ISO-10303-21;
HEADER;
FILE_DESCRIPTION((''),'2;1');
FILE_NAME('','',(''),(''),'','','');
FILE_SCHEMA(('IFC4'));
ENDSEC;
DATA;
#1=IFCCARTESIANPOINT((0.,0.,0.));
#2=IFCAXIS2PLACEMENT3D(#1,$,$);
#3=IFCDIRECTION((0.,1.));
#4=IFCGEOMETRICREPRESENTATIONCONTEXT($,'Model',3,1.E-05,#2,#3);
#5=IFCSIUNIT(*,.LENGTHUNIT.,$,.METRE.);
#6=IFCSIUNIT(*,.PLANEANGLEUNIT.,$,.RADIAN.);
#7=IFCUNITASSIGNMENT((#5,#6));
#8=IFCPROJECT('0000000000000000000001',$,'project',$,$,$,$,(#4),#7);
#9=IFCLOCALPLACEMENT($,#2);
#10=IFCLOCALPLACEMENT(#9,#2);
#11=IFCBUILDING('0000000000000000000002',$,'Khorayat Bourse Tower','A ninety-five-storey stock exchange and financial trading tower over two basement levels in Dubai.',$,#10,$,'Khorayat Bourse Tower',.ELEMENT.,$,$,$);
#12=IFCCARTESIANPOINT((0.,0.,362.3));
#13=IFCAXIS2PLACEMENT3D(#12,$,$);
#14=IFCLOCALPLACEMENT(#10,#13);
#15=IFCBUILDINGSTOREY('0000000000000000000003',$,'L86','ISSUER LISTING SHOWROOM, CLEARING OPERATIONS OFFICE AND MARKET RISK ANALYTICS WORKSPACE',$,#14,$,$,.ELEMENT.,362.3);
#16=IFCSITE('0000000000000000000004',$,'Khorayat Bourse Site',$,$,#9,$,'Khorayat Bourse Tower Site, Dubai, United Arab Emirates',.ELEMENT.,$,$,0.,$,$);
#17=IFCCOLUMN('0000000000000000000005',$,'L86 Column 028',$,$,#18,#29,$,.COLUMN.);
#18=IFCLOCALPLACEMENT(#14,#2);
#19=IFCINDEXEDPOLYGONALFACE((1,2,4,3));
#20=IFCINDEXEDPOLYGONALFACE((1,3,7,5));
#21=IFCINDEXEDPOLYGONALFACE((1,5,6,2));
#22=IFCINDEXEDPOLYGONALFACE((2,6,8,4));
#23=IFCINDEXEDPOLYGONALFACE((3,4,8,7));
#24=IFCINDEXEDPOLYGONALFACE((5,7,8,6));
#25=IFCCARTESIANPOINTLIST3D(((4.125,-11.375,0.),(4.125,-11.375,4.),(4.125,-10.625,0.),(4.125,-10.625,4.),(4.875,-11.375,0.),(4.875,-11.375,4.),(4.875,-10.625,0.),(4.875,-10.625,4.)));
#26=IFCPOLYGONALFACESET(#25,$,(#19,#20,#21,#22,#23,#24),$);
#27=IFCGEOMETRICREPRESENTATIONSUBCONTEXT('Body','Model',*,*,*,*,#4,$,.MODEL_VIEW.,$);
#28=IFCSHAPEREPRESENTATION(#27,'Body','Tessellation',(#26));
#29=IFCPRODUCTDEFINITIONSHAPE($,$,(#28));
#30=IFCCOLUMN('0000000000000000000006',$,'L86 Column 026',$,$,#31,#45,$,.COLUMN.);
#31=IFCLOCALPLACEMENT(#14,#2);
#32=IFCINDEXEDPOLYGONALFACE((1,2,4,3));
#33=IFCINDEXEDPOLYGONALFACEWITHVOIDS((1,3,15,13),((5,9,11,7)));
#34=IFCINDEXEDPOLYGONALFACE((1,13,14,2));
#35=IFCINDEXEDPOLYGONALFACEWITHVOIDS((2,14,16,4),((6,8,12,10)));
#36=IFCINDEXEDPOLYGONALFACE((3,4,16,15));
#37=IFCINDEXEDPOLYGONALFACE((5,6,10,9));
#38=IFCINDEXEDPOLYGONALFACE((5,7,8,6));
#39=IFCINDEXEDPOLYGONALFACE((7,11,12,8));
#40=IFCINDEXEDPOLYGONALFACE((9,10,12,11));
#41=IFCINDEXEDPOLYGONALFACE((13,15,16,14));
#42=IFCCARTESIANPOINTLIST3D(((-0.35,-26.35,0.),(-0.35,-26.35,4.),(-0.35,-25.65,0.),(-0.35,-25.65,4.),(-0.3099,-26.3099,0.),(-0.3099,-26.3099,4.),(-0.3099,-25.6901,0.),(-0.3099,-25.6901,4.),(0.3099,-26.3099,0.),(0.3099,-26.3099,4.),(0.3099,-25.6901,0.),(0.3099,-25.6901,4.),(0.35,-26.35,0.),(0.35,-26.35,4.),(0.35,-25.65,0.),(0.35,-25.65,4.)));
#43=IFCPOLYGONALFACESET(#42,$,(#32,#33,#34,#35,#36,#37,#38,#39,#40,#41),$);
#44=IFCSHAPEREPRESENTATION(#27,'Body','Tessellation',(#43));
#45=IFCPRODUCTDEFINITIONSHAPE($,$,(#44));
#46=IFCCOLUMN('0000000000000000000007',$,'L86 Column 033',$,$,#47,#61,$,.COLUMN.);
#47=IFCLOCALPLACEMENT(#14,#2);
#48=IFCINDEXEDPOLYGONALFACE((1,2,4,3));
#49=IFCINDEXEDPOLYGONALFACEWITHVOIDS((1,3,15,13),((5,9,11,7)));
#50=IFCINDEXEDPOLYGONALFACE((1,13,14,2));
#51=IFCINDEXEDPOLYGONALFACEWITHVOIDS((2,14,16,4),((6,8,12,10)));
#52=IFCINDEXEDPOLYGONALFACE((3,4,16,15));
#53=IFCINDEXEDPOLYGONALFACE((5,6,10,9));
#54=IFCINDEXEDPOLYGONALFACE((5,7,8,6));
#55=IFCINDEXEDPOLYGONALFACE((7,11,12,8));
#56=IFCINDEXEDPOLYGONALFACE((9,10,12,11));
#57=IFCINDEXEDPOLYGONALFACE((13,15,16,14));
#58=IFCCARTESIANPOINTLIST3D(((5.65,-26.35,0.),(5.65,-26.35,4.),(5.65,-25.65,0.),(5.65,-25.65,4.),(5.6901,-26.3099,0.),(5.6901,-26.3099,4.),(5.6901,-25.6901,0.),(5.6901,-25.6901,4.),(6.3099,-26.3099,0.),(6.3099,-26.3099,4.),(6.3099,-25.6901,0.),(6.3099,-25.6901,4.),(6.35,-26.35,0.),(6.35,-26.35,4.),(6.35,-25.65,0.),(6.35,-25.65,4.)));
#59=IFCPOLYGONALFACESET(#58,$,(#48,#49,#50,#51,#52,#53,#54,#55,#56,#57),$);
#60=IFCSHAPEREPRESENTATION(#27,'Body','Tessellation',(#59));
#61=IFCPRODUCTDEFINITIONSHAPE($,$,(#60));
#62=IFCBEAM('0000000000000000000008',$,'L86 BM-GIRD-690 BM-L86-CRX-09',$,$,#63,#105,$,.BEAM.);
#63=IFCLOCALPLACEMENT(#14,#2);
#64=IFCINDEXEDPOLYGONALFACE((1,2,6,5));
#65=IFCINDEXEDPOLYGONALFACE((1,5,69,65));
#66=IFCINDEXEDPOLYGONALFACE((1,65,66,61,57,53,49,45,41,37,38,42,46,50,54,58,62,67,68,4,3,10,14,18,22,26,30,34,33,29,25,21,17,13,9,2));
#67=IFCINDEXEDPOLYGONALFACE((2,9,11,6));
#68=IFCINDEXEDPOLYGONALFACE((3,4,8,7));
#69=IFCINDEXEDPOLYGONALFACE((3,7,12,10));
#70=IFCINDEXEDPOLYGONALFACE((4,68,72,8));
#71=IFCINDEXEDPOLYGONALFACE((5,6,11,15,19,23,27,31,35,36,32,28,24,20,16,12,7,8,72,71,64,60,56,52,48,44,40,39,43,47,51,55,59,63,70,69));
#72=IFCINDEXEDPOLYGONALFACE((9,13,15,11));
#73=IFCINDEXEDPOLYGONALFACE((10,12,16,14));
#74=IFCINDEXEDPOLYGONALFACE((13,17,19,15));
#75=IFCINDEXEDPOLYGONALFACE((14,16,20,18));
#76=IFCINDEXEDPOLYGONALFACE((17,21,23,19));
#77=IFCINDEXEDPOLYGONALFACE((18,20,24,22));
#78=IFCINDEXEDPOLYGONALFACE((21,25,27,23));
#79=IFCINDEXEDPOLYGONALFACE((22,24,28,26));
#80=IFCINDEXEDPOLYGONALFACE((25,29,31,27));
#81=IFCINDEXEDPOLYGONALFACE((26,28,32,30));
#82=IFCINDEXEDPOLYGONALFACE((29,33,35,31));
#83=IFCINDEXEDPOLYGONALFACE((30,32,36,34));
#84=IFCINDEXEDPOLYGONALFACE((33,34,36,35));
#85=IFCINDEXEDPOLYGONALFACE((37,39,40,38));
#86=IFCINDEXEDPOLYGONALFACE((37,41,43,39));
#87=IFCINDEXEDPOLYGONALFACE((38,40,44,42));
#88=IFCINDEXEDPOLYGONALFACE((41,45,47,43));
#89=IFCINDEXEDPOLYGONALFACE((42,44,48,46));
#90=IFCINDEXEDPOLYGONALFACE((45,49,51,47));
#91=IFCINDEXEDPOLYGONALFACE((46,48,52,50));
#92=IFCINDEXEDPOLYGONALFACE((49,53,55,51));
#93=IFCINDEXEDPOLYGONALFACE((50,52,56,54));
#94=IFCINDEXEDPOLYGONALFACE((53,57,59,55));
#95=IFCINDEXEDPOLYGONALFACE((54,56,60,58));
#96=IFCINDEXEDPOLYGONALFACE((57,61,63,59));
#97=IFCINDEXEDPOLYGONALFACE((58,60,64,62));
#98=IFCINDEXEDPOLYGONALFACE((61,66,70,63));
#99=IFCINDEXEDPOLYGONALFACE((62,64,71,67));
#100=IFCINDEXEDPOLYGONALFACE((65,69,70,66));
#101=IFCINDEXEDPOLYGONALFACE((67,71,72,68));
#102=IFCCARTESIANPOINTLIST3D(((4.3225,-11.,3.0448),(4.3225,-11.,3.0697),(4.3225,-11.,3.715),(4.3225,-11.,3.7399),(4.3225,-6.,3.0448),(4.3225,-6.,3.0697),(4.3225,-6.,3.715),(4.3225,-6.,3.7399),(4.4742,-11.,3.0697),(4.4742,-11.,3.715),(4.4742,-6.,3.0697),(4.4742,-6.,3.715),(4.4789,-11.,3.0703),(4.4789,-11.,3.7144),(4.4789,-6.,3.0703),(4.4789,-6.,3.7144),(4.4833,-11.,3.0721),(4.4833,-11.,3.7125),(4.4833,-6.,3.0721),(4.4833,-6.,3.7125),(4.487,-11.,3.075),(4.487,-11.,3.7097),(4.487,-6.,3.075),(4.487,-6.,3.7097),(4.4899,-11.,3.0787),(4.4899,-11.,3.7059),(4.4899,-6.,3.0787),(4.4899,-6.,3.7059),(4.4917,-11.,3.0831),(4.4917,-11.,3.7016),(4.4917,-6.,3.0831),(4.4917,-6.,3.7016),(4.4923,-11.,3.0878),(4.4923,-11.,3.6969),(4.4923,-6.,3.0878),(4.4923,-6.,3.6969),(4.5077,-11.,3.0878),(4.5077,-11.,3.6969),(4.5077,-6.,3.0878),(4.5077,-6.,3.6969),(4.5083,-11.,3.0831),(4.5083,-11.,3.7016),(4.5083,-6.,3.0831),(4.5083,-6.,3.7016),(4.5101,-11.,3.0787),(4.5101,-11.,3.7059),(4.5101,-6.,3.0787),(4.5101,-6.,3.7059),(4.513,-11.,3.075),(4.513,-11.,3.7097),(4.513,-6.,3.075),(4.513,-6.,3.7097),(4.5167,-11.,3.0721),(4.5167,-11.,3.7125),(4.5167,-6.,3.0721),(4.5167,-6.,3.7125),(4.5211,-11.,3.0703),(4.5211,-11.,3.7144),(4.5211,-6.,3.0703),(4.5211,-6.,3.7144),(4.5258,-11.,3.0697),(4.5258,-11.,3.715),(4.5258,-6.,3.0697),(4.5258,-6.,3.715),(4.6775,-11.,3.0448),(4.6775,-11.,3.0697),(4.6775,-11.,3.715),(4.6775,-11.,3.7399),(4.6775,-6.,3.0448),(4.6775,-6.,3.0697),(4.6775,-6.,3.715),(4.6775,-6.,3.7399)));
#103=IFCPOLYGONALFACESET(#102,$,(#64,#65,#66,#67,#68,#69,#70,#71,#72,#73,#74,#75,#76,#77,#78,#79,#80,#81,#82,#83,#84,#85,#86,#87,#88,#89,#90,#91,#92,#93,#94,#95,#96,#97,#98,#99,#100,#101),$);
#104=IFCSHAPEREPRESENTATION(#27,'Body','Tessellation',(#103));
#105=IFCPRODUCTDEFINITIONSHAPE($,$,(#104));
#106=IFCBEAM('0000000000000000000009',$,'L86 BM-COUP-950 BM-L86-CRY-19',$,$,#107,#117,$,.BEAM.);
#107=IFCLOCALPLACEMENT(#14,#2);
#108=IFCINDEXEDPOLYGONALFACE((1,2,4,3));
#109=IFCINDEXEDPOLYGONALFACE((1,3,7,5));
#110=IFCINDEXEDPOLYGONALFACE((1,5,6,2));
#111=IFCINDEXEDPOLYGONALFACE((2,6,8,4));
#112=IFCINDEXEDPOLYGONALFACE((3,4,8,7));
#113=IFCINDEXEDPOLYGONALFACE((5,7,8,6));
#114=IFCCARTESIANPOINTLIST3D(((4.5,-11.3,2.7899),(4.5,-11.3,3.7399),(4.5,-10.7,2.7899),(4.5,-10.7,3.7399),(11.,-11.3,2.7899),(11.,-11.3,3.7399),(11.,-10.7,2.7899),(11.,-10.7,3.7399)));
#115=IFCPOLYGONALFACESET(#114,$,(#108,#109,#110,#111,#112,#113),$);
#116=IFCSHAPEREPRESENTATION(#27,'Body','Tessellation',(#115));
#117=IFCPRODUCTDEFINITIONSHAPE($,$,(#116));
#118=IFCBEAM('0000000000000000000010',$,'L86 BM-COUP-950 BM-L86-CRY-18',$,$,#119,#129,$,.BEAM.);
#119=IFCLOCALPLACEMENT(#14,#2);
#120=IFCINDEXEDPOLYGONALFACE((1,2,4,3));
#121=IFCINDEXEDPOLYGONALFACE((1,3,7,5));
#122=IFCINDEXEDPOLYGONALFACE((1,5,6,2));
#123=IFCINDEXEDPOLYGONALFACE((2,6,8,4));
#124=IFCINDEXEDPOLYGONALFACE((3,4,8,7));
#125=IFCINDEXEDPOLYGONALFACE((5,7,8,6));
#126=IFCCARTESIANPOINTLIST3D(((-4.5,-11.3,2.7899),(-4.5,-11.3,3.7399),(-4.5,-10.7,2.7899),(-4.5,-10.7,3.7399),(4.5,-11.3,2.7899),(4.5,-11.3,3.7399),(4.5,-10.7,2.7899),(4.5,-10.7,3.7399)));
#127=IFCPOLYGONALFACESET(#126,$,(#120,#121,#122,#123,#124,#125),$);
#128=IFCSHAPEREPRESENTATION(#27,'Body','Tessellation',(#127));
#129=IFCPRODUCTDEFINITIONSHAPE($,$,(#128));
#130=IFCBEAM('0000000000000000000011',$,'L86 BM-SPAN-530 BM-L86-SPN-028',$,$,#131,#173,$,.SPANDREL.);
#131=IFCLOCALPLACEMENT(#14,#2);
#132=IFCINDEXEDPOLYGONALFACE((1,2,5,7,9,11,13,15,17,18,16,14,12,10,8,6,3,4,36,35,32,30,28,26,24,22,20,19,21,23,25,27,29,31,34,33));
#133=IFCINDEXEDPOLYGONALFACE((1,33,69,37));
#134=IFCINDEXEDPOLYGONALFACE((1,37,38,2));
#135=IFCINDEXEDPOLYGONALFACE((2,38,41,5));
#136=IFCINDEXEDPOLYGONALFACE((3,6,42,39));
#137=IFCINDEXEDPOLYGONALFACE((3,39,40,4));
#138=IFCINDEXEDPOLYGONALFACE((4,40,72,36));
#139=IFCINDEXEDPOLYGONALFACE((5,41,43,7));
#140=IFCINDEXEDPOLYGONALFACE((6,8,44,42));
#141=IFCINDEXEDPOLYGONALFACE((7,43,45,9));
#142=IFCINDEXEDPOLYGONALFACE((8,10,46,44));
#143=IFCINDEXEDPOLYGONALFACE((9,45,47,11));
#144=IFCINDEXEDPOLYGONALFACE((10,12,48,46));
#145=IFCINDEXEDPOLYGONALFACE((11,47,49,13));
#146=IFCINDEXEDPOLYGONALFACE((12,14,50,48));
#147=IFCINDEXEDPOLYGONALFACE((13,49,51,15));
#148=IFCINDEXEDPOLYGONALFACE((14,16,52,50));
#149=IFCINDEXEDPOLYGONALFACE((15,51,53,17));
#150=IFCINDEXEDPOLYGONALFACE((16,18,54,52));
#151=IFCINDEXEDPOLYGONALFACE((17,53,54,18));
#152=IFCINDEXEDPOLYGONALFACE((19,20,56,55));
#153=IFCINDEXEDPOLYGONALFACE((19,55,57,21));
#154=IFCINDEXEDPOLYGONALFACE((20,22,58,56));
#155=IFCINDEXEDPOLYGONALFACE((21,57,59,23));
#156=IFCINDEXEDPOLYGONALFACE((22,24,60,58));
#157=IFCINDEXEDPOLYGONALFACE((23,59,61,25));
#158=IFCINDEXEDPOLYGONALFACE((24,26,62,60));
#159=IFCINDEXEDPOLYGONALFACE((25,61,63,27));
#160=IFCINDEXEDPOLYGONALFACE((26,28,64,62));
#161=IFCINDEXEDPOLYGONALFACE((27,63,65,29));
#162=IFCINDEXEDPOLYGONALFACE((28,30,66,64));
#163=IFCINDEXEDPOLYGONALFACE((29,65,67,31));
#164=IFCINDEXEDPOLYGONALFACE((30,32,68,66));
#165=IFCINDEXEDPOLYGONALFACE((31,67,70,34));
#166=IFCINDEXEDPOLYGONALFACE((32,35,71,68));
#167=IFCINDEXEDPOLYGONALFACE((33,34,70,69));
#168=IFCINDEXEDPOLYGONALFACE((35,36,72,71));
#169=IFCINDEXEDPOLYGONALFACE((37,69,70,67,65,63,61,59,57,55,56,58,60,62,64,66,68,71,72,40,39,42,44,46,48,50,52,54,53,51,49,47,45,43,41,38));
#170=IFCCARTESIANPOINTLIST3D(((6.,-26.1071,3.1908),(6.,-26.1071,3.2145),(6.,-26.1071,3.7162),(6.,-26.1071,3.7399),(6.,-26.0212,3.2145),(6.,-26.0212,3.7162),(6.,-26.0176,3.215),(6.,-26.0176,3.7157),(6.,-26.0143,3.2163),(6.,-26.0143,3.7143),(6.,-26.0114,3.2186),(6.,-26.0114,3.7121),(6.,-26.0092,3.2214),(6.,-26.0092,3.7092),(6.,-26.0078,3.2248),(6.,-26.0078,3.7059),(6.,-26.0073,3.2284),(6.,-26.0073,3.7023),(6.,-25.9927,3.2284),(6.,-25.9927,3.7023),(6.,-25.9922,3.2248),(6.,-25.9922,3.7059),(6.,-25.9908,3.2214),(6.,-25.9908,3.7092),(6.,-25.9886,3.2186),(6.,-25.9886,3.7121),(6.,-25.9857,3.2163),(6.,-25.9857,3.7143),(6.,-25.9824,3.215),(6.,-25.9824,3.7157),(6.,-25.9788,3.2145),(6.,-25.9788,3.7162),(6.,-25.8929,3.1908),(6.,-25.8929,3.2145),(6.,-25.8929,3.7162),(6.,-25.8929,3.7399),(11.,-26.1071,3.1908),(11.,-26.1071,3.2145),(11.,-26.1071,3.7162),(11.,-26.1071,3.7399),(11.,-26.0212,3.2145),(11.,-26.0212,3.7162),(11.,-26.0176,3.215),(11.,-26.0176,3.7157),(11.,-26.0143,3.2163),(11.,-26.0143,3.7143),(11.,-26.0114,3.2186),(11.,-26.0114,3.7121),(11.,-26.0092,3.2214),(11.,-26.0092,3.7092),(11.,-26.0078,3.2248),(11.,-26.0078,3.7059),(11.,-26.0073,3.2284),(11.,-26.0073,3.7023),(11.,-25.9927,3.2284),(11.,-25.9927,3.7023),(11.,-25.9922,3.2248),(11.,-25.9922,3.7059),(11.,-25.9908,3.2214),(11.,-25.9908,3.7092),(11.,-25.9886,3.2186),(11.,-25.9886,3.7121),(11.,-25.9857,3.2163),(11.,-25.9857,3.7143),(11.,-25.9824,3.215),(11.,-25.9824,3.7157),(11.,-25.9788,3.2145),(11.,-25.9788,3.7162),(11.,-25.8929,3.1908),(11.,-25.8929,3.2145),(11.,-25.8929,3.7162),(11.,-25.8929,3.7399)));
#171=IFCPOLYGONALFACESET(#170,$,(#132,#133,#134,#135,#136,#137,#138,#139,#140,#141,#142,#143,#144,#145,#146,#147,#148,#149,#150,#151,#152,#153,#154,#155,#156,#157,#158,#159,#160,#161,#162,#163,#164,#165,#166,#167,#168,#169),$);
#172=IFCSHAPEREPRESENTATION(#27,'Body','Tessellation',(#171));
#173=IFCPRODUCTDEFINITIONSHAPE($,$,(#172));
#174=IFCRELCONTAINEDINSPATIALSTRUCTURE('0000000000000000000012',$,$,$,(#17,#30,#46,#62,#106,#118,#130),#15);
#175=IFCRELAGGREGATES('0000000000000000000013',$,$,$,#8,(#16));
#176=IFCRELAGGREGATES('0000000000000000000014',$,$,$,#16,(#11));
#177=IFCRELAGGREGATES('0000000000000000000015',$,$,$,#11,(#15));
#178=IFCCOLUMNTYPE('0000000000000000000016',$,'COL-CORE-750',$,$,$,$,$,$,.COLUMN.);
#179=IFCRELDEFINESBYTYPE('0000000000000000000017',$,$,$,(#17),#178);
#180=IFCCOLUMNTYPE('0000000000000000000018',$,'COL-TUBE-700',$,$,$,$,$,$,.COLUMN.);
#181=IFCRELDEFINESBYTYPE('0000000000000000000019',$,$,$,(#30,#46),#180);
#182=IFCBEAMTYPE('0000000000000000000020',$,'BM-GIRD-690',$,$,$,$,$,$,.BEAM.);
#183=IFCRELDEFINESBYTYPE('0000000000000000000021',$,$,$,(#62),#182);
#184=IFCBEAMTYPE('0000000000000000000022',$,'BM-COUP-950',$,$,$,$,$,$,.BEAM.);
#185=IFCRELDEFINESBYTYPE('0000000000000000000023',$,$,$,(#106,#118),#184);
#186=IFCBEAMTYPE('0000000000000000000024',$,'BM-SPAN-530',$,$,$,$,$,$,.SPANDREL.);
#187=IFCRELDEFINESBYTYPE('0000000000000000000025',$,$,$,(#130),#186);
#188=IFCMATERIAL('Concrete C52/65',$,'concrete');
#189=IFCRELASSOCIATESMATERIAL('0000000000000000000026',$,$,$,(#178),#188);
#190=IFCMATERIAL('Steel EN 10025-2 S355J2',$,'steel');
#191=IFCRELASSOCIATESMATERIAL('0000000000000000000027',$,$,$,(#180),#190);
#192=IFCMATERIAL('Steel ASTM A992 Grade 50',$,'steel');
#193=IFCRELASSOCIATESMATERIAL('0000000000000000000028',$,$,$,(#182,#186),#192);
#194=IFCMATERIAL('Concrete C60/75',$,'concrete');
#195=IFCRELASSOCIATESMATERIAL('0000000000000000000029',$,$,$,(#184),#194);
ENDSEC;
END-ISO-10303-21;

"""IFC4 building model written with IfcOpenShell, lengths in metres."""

from ifc_helpers import new_model, si_unit, direction, frame, origin, origin_2d, place, context, subcontext, project, spatial, rectangle, hollow_rectangle, i_section, extrude, source, transform, mapped, material, material_profile, profile_set, type_object, element, save


model = new_model("IFC4")

# Units and contexts
model_context = context("Model", 3, precision=1e-05, world=origin(), true_north=direction((0.0, 1.0)))
body_context = subcontext(model_context, "Body", "Model", "MODEL_VIEW")
ifc_project = project(units=[si_unit("LENGTHUNIT", "METRE"), si_unit("PLANEANGLEUNIT", "RADIAN")], contexts=[model_context])

# Site, building, storey
site_placement = place(None, origin())
site = spatial("IfcSite", under=ifc_project, at=site_placement, Name="Khorayat Bourse Site", LongName="Khorayat Bourse Tower Site, Dubai, United Arab Emirates", CompositionType="ELEMENT", RefElevation=0.0)
building_placement = place(site_placement, origin())
building = spatial("IfcBuilding", under=site, at=building_placement, Name="Khorayat Bourse Tower", Description="A ninety-five-storey stock exchange and financial trading tower over two basement levels in Dubai.", LongName="Khorayat Bourse Tower", CompositionType="ELEMENT")
storey_placement = place(building_placement, frame((0.0, 0.0, 362.3)))
storey = spatial("IfcBuildingStorey", under=building, at=storey_placement, Name="L86", Description="ISSUER LISTING SHOWROOM, CLEARING OPERATIONS OFFICE AND MARKET RISK ANALYTICS WORKSPACE", CompositionType="ELEMENT", Elevation=362.3)

# Columns
ifc_material_1 = material(Name="Concrete C52/65", Category="concrete")
ifc_material_profile_1 = material_profile(ifc_material_1, rectangle(XDim=0.75, YDim=0.75, at=origin_2d()), Name="RC 750x750")
ifc_profile_set_1 = profile_set([ifc_material_profile_1], Name="Concrete C52/65")
column_type_1 = type_object("IfcColumnType", Name="COL-CORE-750", PredefinedType="COLUMN", material=ifc_profile_set_1)
shared_shape_1 = source(origin(), body_context, "Body", "SweptSolid", [
    extrude(rectangle(XDim=0.75, YDim=0.75, at=origin_2d()), origin(), (0.0, 0.0, 1.0), 4.0),
])
column_placement = place(storey_placement, frame((4.5, -11.0, 0.0), z_axis=(0.0, 0.0, 1.0), x_axis=(1.0, 0.0, 0.0)))
element("IfcColumn", 1, at=column_placement, inside=storey, type_object=column_type_1, Name="L86 Column 028", PredefinedType="COLUMN", context=body_context, shape_type="MappedRepresentation", body=[
    mapped(shared_shape_1, transform((0.0, 0.0, 0.0), scale=1.0)),
])
ifc_material_2 = material(Name="Steel EN 10025-2 S355J2", Category="steel")
ifc_material_profile_2 = material_profile(ifc_material_2, hollow_rectangle(XDim=0.7, YDim=0.7, WallThickness=0.04, at=origin_2d()), Name="BOX 700x700x40")
ifc_profile_set_2 = profile_set([ifc_material_profile_2], Name="Steel EN 10025-2 S355J2")
column_type_2 = type_object("IfcColumnType", Name="COL-TUBE-700", PredefinedType="COLUMN", material=ifc_profile_set_2)
shared_shape_2 = source(origin(), body_context, "Body", "SweptSolid", [
    extrude(hollow_rectangle(XDim=0.7, YDim=0.7, WallThickness=0.04, at=origin_2d()), origin(), (0.0, 0.0, 1.0), 4.0),
])
for number, where, z_axis, x_axis, name in (
    (2, (0.0, -26.0, 0.0), (0.0, 0.0, 1.0), (1.0, 0.0, 0.0), "L86 Column 026"),
    (3, (6.0, -26.0, 0.0), (0.0, 0.0, 1.0), (1.0, 0.0, 0.0), "L86 Column 033"),
):
    element("IfcColumn", number, at=place(storey_placement, frame(where, z_axis=z_axis, x_axis=x_axis)), inside=storey, type_object=column_type_2, Name=name, PredefinedType="COLUMN", context=body_context, shape_type="MappedRepresentation", body=[
        mapped(shared_shape_2, transform((0.0, 0.0, 0.0), scale=1.0)),
    ])

# Beams
ifc_material_3 = material(Name="Steel ASTM A992 Grade 50", Category="steel")
ifc_material_profile_3 = material_profile(ifc_material_3, i_section(OverallWidth=0.355, OverallDepth=0.6951, WebThickness=0.0154, FlangeThickness=0.0249, FilletRadius=0.0181, at=origin_2d()), Name="W690X217")
ifc_profile_set_3 = profile_set([ifc_material_profile_3], Name="Steel ASTM A992 Grade 50")
beam_type_1 = type_object("IfcBeamType", Name="BM-GIRD-690", PredefinedType="BEAM", material=ifc_profile_set_3)
shared_shape_3 = source(origin(), body_context, "Body", "SweptSolid", [
    extrude(i_section(OverallWidth=0.355, OverallDepth=0.6951, WebThickness=0.0154, FlangeThickness=0.0249, FilletRadius=0.0181, at=origin_2d()), origin(), (0.0, 0.0, 1.0), 5.0),
])
beam_1_placement = place(storey_placement, frame((4.5, -11.0, 3.3923), z_axis=(0.0, 1.0, 0.0), x_axis=(-1.0, 0.0, 0.0)))
element("IfcBeam", 4, at=beam_1_placement, inside=storey, type_object=beam_type_1, Name="L86 BM-GIRD-690 BM-L86-CRX-09", PredefinedType="BEAM", context=body_context, shape_type="MappedRepresentation", body=[
    mapped(shared_shape_3, transform((0.0, 0.0, 0.0), scale=1.0)),
])
ifc_material_4 = material(Name="Concrete C60/75", Category="concrete")
ifc_material_profile_4 = material_profile(ifc_material_4, rectangle(XDim=0.6001, YDim=0.95, at=origin_2d()), Name="RC 600x950")
ifc_profile_set_4 = profile_set([ifc_material_profile_4], Name="Concrete C60/75")
beam_type_2 = type_object("IfcBeamType", Name="BM-COUP-950", PredefinedType="BEAM", material=ifc_profile_set_4)
shared_shape_4 = source(origin(), body_context, "Body", "SweptSolid", [
    extrude(rectangle(XDim=0.6001, YDim=0.95, at=origin_2d()), origin(), (0.0, 0.0, 1.0), 6.5),
])
beam_2_placement = place(storey_placement, frame((4.5, -11.0, 3.2649), z_axis=(1.0, 0.0, 0.0), x_axis=(0.0, 1.0, 0.0)))
element("IfcBeam", 5, at=beam_2_placement, inside=storey, type_object=beam_type_2, Name="L86 BM-COUP-950 BM-L86-CRY-19", PredefinedType="BEAM", context=body_context, shape_type="MappedRepresentation", body=[
    mapped(shared_shape_4, transform((0.0, 0.0, 0.0), scale=1.0)),
])
shared_shape_5 = source(origin(), body_context, "Body", "SweptSolid", [
    extrude(rectangle(XDim=0.6001, YDim=0.95, at=origin_2d()), origin(), (0.0, 0.0, 1.0), 9.0),
])
beam_3_placement = place(storey_placement, frame((-4.5, -11.0, 3.2649), z_axis=(1.0, 0.0, 0.0), x_axis=(0.0, 1.0, 0.0)))
element("IfcBeam", 6, at=beam_3_placement, inside=storey, type_object=beam_type_2, Name="L86 BM-COUP-950 BM-L86-CRY-18", PredefinedType="BEAM", context=body_context, shape_type="MappedRepresentation", body=[
    mapped(shared_shape_5, transform((0.0, 0.0, 0.0), scale=1.0)),
])
ifc_material_profile_5 = material_profile(ifc_material_3, i_section(OverallWidth=0.2141, OverallDepth=0.5491, WebThickness=0.0146, FlangeThickness=0.0237, FilletRadius=0.0139, at=origin_2d()), Name="W530X138")
ifc_profile_set_5 = profile_set([ifc_material_profile_5], Name="Steel ASTM A992 Grade 50")
beam_type_3 = type_object("IfcBeamType", Name="BM-SPAN-530", PredefinedType="SPANDREL", material=ifc_profile_set_5)
shared_shape_6 = source(origin(), body_context, "Body", "SweptSolid", [
    extrude(i_section(OverallWidth=0.2141, OverallDepth=0.5491, WebThickness=0.0146, FlangeThickness=0.0237, FilletRadius=0.0139, at=origin_2d()), origin(), (0.0, 0.0, 1.0), 5.0),
])
beam_4_placement = place(storey_placement, frame((6.0, -26.0, 3.4653), z_axis=(1.0, 0.0, 0.0), x_axis=(0.0, 1.0, 0.0)))
element("IfcBeam", 7, at=beam_4_placement, inside=storey, type_object=beam_type_3, Name="L86 BM-SPAN-530 BM-L86-SPN-028", PredefinedType="SPANDREL", context=body_context, shape_type="MappedRepresentation", body=[
    mapped(shared_shape_6, transform((0.0, 0.0, 0.0), scale=1.0)),
])

save(model, "model.ifc")
